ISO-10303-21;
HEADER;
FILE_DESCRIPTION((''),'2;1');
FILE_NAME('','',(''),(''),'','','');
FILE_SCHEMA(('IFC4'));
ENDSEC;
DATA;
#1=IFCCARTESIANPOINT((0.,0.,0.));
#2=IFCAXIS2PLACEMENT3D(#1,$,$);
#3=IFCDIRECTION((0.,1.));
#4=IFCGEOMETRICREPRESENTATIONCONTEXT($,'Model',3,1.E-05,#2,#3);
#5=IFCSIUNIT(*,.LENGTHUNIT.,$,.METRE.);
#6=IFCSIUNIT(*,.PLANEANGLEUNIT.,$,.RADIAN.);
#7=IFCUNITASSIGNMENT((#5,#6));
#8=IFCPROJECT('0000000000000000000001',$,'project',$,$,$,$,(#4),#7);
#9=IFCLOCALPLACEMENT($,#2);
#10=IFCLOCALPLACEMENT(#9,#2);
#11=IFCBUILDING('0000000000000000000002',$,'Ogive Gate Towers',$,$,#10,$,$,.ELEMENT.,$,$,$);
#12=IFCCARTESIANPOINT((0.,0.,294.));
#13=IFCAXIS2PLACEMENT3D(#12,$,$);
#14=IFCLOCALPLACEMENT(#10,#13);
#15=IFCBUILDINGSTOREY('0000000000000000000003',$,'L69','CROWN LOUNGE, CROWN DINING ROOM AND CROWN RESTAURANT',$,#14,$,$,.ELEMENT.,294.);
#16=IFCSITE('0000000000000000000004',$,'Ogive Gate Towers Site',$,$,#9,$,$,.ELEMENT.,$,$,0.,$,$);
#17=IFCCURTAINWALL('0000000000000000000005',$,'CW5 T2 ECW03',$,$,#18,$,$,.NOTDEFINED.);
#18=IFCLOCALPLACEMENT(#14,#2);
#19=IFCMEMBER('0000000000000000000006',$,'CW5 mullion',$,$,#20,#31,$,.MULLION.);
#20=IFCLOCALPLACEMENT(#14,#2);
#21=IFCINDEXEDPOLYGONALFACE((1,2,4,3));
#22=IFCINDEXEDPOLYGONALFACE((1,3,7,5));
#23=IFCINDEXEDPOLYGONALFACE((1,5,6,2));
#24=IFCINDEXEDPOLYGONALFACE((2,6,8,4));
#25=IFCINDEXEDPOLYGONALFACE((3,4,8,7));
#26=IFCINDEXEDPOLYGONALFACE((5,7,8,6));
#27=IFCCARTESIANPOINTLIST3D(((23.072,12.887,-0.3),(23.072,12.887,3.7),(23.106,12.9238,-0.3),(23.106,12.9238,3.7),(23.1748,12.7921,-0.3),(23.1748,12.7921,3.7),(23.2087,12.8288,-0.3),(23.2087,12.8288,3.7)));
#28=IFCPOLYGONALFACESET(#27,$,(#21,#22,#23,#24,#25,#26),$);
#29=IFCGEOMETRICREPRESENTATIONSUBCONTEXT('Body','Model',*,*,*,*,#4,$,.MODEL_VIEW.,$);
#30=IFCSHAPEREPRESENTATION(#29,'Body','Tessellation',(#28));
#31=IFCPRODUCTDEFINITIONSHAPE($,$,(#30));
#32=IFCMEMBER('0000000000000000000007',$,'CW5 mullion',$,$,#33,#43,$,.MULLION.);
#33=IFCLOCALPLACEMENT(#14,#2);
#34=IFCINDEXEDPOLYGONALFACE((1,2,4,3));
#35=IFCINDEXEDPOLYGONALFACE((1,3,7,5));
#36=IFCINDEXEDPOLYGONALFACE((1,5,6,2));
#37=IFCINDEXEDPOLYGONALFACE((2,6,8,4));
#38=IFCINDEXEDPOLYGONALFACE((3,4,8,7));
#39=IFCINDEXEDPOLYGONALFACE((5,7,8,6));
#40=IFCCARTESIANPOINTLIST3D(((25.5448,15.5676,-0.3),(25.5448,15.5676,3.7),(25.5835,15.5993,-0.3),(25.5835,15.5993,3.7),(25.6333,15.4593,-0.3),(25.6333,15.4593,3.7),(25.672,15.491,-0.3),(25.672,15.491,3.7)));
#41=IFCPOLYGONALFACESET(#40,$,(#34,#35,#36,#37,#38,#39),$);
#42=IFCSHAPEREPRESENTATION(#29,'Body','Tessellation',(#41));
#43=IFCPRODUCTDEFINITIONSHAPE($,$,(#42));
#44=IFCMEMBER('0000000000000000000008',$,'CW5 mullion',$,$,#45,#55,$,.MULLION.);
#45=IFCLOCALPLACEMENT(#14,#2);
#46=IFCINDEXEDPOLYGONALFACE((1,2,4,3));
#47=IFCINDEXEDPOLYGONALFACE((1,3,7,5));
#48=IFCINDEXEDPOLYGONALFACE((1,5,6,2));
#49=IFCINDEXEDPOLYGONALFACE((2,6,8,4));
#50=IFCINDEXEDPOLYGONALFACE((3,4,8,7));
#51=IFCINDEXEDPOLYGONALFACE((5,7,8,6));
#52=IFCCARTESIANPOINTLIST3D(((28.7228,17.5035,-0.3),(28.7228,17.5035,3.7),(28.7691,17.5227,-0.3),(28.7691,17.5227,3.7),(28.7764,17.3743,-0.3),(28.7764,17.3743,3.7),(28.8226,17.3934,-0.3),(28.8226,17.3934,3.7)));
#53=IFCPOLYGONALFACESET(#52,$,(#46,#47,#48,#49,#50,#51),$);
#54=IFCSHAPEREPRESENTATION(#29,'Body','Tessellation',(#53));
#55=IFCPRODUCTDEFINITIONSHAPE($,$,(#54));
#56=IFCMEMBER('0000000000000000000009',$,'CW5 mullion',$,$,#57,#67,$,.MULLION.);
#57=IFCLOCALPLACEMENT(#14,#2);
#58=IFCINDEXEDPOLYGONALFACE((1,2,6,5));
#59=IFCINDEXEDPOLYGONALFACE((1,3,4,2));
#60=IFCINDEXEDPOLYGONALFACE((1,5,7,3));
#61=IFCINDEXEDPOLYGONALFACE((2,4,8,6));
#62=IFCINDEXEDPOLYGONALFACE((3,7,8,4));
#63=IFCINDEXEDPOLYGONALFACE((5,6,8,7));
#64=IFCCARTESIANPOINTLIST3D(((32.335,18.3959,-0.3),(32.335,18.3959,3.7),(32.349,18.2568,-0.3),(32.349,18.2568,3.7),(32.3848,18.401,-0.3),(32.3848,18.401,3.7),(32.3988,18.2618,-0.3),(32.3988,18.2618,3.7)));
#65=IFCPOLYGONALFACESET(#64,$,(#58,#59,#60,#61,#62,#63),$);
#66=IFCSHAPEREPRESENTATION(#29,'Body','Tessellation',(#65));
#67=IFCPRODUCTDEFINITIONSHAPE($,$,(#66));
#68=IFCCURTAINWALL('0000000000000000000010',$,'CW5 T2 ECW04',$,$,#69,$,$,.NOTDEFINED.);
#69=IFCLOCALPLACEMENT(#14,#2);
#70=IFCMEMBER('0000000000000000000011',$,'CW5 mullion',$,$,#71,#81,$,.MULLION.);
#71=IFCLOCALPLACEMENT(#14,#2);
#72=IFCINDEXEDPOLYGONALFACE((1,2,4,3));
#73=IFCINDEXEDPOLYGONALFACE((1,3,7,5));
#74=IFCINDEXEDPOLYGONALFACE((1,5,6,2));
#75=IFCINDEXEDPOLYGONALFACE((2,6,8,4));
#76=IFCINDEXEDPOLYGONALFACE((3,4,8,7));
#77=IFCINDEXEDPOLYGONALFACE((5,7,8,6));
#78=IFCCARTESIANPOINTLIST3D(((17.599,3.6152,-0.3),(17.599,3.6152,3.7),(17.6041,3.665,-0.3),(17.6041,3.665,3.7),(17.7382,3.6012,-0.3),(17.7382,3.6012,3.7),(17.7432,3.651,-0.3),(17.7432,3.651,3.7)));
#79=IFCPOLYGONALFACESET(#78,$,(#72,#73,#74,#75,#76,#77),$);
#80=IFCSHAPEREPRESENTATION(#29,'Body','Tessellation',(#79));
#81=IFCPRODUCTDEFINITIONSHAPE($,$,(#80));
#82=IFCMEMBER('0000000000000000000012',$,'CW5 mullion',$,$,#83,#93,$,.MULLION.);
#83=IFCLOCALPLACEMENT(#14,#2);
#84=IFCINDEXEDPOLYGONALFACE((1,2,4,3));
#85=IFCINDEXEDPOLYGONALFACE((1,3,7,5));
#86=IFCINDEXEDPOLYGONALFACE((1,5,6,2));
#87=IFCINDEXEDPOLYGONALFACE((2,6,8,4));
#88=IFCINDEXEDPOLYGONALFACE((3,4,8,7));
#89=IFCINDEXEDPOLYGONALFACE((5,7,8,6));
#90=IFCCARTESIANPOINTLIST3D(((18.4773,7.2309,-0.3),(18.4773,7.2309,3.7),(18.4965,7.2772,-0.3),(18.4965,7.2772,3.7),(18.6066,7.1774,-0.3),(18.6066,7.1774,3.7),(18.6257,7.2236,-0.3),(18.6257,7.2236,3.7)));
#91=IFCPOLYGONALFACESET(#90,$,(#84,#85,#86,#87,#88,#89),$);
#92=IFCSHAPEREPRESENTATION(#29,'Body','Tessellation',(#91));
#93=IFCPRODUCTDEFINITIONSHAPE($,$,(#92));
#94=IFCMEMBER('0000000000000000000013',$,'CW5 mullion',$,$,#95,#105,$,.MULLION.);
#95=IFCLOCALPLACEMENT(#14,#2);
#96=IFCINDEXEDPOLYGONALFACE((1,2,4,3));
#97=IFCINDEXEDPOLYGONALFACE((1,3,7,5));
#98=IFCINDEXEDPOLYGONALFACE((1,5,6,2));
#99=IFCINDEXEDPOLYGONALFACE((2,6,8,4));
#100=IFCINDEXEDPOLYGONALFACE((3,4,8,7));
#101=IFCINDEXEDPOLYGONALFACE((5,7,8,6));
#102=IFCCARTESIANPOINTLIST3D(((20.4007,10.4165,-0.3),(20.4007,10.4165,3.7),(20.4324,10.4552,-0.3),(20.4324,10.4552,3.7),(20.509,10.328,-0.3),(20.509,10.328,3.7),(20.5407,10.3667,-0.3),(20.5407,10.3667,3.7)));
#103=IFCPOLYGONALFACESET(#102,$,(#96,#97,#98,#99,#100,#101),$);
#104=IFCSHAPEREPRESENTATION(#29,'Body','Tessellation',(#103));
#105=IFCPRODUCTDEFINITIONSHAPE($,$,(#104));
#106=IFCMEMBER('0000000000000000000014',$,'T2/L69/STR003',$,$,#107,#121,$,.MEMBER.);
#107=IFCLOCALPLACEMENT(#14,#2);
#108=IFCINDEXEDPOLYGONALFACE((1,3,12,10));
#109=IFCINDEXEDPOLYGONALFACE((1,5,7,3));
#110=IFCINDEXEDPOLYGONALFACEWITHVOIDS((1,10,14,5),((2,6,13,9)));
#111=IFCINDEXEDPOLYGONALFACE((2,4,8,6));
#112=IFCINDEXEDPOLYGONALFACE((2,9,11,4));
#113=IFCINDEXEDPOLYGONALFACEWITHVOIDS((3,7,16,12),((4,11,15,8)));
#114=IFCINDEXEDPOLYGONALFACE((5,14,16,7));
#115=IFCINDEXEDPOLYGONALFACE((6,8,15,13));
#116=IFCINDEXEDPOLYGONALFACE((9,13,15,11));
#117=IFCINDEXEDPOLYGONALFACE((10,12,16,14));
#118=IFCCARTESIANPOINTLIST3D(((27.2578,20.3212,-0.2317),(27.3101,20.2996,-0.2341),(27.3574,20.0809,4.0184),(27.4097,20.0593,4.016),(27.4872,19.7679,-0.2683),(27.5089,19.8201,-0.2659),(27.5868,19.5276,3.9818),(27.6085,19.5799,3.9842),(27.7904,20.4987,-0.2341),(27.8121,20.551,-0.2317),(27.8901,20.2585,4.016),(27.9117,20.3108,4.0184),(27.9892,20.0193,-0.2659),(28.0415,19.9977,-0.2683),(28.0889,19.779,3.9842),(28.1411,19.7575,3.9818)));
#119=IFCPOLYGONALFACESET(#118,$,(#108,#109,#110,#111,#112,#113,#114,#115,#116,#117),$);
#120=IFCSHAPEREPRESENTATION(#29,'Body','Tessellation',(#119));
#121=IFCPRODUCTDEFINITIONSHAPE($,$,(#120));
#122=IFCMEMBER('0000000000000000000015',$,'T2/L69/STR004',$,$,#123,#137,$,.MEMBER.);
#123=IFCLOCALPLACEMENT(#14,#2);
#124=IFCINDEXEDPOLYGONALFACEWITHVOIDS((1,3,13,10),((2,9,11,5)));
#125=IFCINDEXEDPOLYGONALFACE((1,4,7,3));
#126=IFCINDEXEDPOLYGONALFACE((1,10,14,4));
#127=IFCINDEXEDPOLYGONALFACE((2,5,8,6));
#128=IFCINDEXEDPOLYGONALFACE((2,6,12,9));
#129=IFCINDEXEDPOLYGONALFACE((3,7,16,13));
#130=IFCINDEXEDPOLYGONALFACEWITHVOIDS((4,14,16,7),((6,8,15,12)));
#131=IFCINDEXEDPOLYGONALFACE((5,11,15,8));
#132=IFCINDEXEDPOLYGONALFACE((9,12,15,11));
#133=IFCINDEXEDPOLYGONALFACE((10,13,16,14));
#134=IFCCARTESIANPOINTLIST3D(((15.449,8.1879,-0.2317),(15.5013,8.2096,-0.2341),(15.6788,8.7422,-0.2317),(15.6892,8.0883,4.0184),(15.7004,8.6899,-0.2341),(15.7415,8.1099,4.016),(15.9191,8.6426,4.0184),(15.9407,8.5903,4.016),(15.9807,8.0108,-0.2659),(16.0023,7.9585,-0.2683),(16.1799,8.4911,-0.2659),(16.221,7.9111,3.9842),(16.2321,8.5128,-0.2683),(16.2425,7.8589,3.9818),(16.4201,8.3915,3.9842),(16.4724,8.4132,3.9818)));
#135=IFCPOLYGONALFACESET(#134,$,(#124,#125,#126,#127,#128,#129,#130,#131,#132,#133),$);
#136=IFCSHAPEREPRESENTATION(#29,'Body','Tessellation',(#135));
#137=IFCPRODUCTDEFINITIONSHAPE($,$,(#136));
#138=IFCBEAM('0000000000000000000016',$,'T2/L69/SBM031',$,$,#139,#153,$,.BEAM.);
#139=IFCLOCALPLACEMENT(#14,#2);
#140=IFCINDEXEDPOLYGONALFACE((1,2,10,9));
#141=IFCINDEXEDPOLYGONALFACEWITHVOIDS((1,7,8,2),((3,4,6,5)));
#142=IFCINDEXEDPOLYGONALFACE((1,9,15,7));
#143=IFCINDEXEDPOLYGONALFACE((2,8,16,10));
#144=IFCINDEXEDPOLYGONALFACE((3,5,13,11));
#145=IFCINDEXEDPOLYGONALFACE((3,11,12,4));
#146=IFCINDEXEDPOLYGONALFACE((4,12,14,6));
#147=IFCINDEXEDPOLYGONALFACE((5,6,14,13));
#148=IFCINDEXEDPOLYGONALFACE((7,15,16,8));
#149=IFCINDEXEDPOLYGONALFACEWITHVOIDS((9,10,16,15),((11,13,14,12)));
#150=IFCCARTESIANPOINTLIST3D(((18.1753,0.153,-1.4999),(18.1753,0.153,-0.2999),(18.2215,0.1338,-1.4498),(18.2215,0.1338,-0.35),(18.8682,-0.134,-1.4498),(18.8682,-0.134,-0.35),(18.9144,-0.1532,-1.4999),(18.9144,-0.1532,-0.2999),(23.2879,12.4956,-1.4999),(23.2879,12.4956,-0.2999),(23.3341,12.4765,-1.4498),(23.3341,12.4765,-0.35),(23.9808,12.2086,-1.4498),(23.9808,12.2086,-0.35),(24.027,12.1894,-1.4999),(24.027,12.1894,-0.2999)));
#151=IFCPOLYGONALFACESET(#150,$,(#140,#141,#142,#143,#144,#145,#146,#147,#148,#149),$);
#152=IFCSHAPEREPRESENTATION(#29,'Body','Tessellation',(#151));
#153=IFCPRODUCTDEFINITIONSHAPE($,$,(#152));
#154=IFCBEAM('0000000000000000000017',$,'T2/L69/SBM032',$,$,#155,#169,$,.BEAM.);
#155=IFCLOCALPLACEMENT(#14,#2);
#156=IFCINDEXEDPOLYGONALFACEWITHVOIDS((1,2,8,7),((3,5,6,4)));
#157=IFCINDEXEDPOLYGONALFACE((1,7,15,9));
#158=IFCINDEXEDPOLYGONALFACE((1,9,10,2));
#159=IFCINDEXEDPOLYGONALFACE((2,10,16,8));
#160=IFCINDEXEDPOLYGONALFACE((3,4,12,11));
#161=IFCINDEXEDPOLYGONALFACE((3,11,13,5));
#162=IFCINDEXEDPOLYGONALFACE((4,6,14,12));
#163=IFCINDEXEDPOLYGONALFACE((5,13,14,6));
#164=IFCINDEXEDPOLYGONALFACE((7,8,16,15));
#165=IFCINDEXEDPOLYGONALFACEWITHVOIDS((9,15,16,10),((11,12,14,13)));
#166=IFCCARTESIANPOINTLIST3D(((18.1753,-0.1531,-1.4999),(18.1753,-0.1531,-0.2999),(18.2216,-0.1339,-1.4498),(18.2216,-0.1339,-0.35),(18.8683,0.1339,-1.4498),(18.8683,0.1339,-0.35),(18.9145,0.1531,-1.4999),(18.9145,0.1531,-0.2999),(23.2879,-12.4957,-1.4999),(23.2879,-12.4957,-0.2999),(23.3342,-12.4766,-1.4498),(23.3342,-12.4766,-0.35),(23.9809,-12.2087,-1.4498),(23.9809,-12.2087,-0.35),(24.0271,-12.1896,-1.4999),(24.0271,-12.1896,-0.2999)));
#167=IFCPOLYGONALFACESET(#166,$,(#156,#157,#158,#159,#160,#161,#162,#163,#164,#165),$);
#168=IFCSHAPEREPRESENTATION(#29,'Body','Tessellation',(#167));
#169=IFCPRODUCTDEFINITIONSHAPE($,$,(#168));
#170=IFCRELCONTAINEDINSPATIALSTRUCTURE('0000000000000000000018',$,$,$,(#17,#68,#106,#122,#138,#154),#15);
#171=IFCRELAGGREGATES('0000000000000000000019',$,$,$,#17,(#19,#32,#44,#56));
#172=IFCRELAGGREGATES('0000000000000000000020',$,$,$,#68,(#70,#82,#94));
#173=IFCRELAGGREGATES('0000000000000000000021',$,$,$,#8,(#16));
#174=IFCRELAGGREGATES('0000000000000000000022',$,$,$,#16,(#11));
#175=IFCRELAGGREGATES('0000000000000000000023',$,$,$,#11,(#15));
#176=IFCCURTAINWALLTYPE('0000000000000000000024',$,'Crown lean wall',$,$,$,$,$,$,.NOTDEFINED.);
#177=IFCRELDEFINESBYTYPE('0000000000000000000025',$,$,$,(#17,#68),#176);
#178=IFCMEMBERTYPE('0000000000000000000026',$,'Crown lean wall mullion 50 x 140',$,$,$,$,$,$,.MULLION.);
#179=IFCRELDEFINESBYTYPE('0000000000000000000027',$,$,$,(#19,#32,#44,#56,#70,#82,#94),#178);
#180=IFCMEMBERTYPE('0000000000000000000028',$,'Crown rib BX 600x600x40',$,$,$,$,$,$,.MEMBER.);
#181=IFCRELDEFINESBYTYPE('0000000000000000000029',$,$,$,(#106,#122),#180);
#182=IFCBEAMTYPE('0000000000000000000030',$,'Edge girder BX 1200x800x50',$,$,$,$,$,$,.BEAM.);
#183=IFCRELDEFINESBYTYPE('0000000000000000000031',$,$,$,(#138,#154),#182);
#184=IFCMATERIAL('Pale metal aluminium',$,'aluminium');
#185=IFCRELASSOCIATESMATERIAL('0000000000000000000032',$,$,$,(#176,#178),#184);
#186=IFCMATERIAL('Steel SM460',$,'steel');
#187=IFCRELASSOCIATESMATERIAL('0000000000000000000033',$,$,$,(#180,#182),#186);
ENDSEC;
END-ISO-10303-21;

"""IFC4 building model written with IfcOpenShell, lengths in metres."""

from ifc_helpers import new_model, si_unit, direction, frame, origin, origin_2d, place, context, subcontext, project, spatial, rectangle, hollow_rectangle, extrude, material, material_profile, profile_set, type_object, element, aggregate, save


model = new_model("IFC4")

# Units and contexts
model_context = context("Model", 3, precision=1e-05, world=origin(), true_north=direction((0.0, 1.0)))
body_context = subcontext(model_context, "Body", "Model", "MODEL_VIEW")
ifc_project = project(units=[si_unit("LENGTHUNIT", "METRE"), si_unit("PLANEANGLEUNIT", "RADIAN")], contexts=[model_context])

# Site, building, storey
site_placement = place(None, origin())
site = spatial("IfcSite", under=ifc_project, at=site_placement, Name="Ogive Gate Towers Site", CompositionType="ELEMENT", RefElevation=0.0)
building_placement = place(site_placement, origin())
building = spatial("IfcBuilding", under=site, at=building_placement, Name="Ogive Gate Towers", CompositionType="ELEMENT")
storey_placement = place(building_placement, frame((0.0, 0.0, 294.0)))
storey = spatial("IfcBuildingStorey", under=building, at=storey_placement, Name="L69", Description="CROWN LOUNGE, CROWN DINING ROOM AND CROWN RESTAURANT", CompositionType="ELEMENT", Elevation=294.0)

# Curtain walls, members
ifc_material_1 = material(Name="Pale metal aluminium", Category="aluminium")
curtain_wall_type = type_object("IfcCurtainWallType", Name="Crown lean wall", PredefinedType="NOTDEFINED", material=ifc_material_1)
curtain_wall_1_placement = place(storey_placement, origin())
curtain_wall_1 = element("IfcCurtainWall", 1, at=curtain_wall_1_placement, inside=storey, type_object=curtain_wall_type, Name="CW5 T2 ECW03", PredefinedType="NOTDEFINED")
ifc_material_profile_1 = material_profile(ifc_material_1, rectangle(XDim=0.1399, YDim=0.05, at=origin_2d()), Name="50 x 140 aluminium box")
ifc_profile_set_1 = profile_set([ifc_material_profile_1], Name="Pale metal aluminium")
member_type_1 = type_object("IfcMemberType", Name="Crown lean wall mullion 50 x 140", PredefinedType="MULLION", material=ifc_profile_set_1)
member_1_placement = place(storey_placement, frame((23.1404, 12.8579, -0.3), z_axis=(0.0, 0.0, 1.0), x_axis=(0.734548, -0.678557, 0.0)))
member_1 = element("IfcMember", 2, at=member_1_placement, type_object=member_type_1, Name="CW5 mullion", PredefinedType="MULLION", context=body_context, shape_type="SweptSolid", body=[
    extrude(rectangle(XDim=0.1399, YDim=0.05, at=origin_2d()), origin(), (0.0, 0.0, 1.0), 4.0),
])
member_2_placement = place(storey_placement, frame((25.6084, 15.5293, -0.3), z_axis=(0.0, 0.0, 1.0), x_axis=(0.632759, -0.774348, 0.0)))
member_2 = element("IfcMember", 3, at=member_2_placement, type_object=member_type_1, Name="CW5 mullion", PredefinedType="MULLION", context=body_context, shape_type="SweptSolid", body=[
    extrude(rectangle(XDim=0.1399, YDim=0.05, at=origin_2d()), origin(), (0.0, 0.0, 1.0), 4.0),
])
member_3_placement = place(storey_placement, frame((28.7727, 17.4485, -0.3), z_axis=(0.0, 0.0, 1.0), x_axis=(0.382683, -0.92388, 0.0)))
member_3 = element("IfcMember", 4, at=member_3_placement, type_object=member_type_1, Name="CW5 mullion", PredefinedType="MULLION", context=body_context, shape_type="SweptSolid", body=[
    extrude(rectangle(XDim=0.1399, YDim=0.05, at=origin_2d()), origin(), (0.0, 0.0, 1.0), 4.0),
])
member_4_placement = place(storey_placement, frame((32.3669, 18.3289, -0.3), z_axis=(0.0, 0.0, 1.0), x_axis=(0.100101, -0.994977, 0.0)))
member_4 = element("IfcMember", 5, at=member_4_placement, type_object=member_type_1, Name="CW5 mullion", PredefinedType="MULLION", context=body_context, shape_type="SweptSolid", body=[
    extrude(rectangle(XDim=0.1399, YDim=0.05, at=origin_2d()), origin(), (0.0, 0.0, 1.0), 4.0),
])
curtain_wall_2_placement = place(storey_placement, origin())
curtain_wall_2 = element("IfcCurtainWall", 6, at=curtain_wall_2_placement, inside=storey, type_object=curtain_wall_type, Name="CW5 T2 ECW04", PredefinedType="NOTDEFINED")
member_5_placement = place(storey_placement, frame((17.6711, 3.6331, -0.3), z_axis=(0.0, 0.0, 1.0), x_axis=(0.994977, -0.100101, 0.0)))
member_5 = element("IfcMember", 7, at=member_5_placement, type_object=member_type_1, Name="CW5 mullion", PredefinedType="MULLION", context=body_context, shape_type="SweptSolid", body=[
    extrude(rectangle(XDim=0.1399, YDim=0.05, at=origin_2d()), origin(), (0.0, 0.0, 1.0), 4.0),
])
member_6_placement = place(storey_placement, frame((18.5515, 7.2273, -0.3), z_axis=(0.0, 0.0, 1.0), x_axis=(0.92388, -0.382683, 0.0)))
member_6 = element("IfcMember", 8, at=member_6_placement, type_object=member_type_1, Name="CW5 mullion", PredefinedType="MULLION", context=body_context, shape_type="SweptSolid", body=[
    extrude(rectangle(XDim=0.1399, YDim=0.05, at=origin_2d()), origin(), (0.0, 0.0, 1.0), 4.0),
])
member_7_placement = place(storey_placement, frame((20.4707, 10.3916, -0.3), z_axis=(0.0, 0.0, 1.0), x_axis=(0.774348, -0.632759, 0.0)))
member_7 = element("IfcMember", 9, at=member_7_placement, type_object=member_type_1, Name="CW5 mullion", PredefinedType="MULLION", context=body_context, shape_type="SweptSolid", body=[
    extrude(rectangle(XDim=0.1399, YDim=0.05, at=origin_2d()), origin(), (0.0, 0.0, 1.0), 4.0),
])

# Members
ifc_material_2 = material(Name="Steel SM460", Category="steel")
ifc_material_profile_2 = material_profile(ifc_material_2, hollow_rectangle(XDim=0.6001, YDim=0.6001, WallThickness=0.04, at=origin_2d()), Name="BX 600x600x40")
ifc_profile_set_2 = profile_set([ifc_material_profile_2], Name="Steel SM460")
member_type_2 = type_object("IfcMemberType", Name="Crown rib BX 600x600x40", PredefinedType="MEMBER", material=ifc_profile_set_2)
for number, where, z_axis, x_axis, name in (
    (10, (27.6497, 20.1594, -0.25), (0.023394, -0.05642, 0.998133), (0.923742, 0.383015, 0.0), "T2/L69/STR003"),
    (11, (15.8406, 8.3503, -0.25), (0.05642, -0.023394, 0.998133), (0.383015, 0.923742, 0.0), "T2/L69/STR004"),
):
    element("IfcMember", number, at=place(storey_placement, frame(where, z_axis=z_axis, x_axis=x_axis)), inside=storey, type_object=member_type_2, Name=name, PredefinedType="MEMBER", context=body_context, shape_type="SweptSolid", body=[
        extrude(hollow_rectangle(XDim=0.6001, YDim=0.6001, WallThickness=0.04, at=origin_2d()), origin(), (0.0, 0.0, 1.0), 4.2581),
    ])

# Beams
ifc_material_profile_3 = material_profile(ifc_material_2, hollow_rectangle(XDim=0.8, YDim=1.2, WallThickness=0.05, at=origin_2d()), Name="BX 1200x800x50")
ifc_profile_set_3 = profile_set([ifc_material_profile_3], Name="Steel SM460")
beam_type_1 = type_object("IfcBeamType", Name="Edge girder BX 1200x800x50", PredefinedType="BEAM", material=ifc_profile_set_3)
for number, where, z_axis, x_axis, name in (
    (12, (23.6575, 12.3425, -0.8999), (-0.38269, -0.923877, 0.0), (0.923877, -0.38269, 0.0), "T2/L69/SBM031"),
    (13, (18.5449, 0.0, -0.8999), (0.38269, -0.923877, 0.0), (0.923877, 0.38269, 0.0), "T2/L69/SBM032"),
):
    element("IfcBeam", number, at=place(storey_placement, frame(where, z_axis=z_axis, x_axis=x_axis)), inside=storey, type_object=beam_type_1, Name=name, PredefinedType="BEAM", context=body_context, shape_type="SweptSolid", body=[
        extrude(hollow_rectangle(XDim=0.8, YDim=1.2, WallThickness=0.05, at=origin_2d()), origin(), (0.0, 0.0, 1.0), 13.3596),
    ])

aggregate(curtain_wall_1, [member_1, member_2, member_3, member_4])
aggregate(curtain_wall_2, [member_5, member_6, member_7])

save(model, "model.ifc")
